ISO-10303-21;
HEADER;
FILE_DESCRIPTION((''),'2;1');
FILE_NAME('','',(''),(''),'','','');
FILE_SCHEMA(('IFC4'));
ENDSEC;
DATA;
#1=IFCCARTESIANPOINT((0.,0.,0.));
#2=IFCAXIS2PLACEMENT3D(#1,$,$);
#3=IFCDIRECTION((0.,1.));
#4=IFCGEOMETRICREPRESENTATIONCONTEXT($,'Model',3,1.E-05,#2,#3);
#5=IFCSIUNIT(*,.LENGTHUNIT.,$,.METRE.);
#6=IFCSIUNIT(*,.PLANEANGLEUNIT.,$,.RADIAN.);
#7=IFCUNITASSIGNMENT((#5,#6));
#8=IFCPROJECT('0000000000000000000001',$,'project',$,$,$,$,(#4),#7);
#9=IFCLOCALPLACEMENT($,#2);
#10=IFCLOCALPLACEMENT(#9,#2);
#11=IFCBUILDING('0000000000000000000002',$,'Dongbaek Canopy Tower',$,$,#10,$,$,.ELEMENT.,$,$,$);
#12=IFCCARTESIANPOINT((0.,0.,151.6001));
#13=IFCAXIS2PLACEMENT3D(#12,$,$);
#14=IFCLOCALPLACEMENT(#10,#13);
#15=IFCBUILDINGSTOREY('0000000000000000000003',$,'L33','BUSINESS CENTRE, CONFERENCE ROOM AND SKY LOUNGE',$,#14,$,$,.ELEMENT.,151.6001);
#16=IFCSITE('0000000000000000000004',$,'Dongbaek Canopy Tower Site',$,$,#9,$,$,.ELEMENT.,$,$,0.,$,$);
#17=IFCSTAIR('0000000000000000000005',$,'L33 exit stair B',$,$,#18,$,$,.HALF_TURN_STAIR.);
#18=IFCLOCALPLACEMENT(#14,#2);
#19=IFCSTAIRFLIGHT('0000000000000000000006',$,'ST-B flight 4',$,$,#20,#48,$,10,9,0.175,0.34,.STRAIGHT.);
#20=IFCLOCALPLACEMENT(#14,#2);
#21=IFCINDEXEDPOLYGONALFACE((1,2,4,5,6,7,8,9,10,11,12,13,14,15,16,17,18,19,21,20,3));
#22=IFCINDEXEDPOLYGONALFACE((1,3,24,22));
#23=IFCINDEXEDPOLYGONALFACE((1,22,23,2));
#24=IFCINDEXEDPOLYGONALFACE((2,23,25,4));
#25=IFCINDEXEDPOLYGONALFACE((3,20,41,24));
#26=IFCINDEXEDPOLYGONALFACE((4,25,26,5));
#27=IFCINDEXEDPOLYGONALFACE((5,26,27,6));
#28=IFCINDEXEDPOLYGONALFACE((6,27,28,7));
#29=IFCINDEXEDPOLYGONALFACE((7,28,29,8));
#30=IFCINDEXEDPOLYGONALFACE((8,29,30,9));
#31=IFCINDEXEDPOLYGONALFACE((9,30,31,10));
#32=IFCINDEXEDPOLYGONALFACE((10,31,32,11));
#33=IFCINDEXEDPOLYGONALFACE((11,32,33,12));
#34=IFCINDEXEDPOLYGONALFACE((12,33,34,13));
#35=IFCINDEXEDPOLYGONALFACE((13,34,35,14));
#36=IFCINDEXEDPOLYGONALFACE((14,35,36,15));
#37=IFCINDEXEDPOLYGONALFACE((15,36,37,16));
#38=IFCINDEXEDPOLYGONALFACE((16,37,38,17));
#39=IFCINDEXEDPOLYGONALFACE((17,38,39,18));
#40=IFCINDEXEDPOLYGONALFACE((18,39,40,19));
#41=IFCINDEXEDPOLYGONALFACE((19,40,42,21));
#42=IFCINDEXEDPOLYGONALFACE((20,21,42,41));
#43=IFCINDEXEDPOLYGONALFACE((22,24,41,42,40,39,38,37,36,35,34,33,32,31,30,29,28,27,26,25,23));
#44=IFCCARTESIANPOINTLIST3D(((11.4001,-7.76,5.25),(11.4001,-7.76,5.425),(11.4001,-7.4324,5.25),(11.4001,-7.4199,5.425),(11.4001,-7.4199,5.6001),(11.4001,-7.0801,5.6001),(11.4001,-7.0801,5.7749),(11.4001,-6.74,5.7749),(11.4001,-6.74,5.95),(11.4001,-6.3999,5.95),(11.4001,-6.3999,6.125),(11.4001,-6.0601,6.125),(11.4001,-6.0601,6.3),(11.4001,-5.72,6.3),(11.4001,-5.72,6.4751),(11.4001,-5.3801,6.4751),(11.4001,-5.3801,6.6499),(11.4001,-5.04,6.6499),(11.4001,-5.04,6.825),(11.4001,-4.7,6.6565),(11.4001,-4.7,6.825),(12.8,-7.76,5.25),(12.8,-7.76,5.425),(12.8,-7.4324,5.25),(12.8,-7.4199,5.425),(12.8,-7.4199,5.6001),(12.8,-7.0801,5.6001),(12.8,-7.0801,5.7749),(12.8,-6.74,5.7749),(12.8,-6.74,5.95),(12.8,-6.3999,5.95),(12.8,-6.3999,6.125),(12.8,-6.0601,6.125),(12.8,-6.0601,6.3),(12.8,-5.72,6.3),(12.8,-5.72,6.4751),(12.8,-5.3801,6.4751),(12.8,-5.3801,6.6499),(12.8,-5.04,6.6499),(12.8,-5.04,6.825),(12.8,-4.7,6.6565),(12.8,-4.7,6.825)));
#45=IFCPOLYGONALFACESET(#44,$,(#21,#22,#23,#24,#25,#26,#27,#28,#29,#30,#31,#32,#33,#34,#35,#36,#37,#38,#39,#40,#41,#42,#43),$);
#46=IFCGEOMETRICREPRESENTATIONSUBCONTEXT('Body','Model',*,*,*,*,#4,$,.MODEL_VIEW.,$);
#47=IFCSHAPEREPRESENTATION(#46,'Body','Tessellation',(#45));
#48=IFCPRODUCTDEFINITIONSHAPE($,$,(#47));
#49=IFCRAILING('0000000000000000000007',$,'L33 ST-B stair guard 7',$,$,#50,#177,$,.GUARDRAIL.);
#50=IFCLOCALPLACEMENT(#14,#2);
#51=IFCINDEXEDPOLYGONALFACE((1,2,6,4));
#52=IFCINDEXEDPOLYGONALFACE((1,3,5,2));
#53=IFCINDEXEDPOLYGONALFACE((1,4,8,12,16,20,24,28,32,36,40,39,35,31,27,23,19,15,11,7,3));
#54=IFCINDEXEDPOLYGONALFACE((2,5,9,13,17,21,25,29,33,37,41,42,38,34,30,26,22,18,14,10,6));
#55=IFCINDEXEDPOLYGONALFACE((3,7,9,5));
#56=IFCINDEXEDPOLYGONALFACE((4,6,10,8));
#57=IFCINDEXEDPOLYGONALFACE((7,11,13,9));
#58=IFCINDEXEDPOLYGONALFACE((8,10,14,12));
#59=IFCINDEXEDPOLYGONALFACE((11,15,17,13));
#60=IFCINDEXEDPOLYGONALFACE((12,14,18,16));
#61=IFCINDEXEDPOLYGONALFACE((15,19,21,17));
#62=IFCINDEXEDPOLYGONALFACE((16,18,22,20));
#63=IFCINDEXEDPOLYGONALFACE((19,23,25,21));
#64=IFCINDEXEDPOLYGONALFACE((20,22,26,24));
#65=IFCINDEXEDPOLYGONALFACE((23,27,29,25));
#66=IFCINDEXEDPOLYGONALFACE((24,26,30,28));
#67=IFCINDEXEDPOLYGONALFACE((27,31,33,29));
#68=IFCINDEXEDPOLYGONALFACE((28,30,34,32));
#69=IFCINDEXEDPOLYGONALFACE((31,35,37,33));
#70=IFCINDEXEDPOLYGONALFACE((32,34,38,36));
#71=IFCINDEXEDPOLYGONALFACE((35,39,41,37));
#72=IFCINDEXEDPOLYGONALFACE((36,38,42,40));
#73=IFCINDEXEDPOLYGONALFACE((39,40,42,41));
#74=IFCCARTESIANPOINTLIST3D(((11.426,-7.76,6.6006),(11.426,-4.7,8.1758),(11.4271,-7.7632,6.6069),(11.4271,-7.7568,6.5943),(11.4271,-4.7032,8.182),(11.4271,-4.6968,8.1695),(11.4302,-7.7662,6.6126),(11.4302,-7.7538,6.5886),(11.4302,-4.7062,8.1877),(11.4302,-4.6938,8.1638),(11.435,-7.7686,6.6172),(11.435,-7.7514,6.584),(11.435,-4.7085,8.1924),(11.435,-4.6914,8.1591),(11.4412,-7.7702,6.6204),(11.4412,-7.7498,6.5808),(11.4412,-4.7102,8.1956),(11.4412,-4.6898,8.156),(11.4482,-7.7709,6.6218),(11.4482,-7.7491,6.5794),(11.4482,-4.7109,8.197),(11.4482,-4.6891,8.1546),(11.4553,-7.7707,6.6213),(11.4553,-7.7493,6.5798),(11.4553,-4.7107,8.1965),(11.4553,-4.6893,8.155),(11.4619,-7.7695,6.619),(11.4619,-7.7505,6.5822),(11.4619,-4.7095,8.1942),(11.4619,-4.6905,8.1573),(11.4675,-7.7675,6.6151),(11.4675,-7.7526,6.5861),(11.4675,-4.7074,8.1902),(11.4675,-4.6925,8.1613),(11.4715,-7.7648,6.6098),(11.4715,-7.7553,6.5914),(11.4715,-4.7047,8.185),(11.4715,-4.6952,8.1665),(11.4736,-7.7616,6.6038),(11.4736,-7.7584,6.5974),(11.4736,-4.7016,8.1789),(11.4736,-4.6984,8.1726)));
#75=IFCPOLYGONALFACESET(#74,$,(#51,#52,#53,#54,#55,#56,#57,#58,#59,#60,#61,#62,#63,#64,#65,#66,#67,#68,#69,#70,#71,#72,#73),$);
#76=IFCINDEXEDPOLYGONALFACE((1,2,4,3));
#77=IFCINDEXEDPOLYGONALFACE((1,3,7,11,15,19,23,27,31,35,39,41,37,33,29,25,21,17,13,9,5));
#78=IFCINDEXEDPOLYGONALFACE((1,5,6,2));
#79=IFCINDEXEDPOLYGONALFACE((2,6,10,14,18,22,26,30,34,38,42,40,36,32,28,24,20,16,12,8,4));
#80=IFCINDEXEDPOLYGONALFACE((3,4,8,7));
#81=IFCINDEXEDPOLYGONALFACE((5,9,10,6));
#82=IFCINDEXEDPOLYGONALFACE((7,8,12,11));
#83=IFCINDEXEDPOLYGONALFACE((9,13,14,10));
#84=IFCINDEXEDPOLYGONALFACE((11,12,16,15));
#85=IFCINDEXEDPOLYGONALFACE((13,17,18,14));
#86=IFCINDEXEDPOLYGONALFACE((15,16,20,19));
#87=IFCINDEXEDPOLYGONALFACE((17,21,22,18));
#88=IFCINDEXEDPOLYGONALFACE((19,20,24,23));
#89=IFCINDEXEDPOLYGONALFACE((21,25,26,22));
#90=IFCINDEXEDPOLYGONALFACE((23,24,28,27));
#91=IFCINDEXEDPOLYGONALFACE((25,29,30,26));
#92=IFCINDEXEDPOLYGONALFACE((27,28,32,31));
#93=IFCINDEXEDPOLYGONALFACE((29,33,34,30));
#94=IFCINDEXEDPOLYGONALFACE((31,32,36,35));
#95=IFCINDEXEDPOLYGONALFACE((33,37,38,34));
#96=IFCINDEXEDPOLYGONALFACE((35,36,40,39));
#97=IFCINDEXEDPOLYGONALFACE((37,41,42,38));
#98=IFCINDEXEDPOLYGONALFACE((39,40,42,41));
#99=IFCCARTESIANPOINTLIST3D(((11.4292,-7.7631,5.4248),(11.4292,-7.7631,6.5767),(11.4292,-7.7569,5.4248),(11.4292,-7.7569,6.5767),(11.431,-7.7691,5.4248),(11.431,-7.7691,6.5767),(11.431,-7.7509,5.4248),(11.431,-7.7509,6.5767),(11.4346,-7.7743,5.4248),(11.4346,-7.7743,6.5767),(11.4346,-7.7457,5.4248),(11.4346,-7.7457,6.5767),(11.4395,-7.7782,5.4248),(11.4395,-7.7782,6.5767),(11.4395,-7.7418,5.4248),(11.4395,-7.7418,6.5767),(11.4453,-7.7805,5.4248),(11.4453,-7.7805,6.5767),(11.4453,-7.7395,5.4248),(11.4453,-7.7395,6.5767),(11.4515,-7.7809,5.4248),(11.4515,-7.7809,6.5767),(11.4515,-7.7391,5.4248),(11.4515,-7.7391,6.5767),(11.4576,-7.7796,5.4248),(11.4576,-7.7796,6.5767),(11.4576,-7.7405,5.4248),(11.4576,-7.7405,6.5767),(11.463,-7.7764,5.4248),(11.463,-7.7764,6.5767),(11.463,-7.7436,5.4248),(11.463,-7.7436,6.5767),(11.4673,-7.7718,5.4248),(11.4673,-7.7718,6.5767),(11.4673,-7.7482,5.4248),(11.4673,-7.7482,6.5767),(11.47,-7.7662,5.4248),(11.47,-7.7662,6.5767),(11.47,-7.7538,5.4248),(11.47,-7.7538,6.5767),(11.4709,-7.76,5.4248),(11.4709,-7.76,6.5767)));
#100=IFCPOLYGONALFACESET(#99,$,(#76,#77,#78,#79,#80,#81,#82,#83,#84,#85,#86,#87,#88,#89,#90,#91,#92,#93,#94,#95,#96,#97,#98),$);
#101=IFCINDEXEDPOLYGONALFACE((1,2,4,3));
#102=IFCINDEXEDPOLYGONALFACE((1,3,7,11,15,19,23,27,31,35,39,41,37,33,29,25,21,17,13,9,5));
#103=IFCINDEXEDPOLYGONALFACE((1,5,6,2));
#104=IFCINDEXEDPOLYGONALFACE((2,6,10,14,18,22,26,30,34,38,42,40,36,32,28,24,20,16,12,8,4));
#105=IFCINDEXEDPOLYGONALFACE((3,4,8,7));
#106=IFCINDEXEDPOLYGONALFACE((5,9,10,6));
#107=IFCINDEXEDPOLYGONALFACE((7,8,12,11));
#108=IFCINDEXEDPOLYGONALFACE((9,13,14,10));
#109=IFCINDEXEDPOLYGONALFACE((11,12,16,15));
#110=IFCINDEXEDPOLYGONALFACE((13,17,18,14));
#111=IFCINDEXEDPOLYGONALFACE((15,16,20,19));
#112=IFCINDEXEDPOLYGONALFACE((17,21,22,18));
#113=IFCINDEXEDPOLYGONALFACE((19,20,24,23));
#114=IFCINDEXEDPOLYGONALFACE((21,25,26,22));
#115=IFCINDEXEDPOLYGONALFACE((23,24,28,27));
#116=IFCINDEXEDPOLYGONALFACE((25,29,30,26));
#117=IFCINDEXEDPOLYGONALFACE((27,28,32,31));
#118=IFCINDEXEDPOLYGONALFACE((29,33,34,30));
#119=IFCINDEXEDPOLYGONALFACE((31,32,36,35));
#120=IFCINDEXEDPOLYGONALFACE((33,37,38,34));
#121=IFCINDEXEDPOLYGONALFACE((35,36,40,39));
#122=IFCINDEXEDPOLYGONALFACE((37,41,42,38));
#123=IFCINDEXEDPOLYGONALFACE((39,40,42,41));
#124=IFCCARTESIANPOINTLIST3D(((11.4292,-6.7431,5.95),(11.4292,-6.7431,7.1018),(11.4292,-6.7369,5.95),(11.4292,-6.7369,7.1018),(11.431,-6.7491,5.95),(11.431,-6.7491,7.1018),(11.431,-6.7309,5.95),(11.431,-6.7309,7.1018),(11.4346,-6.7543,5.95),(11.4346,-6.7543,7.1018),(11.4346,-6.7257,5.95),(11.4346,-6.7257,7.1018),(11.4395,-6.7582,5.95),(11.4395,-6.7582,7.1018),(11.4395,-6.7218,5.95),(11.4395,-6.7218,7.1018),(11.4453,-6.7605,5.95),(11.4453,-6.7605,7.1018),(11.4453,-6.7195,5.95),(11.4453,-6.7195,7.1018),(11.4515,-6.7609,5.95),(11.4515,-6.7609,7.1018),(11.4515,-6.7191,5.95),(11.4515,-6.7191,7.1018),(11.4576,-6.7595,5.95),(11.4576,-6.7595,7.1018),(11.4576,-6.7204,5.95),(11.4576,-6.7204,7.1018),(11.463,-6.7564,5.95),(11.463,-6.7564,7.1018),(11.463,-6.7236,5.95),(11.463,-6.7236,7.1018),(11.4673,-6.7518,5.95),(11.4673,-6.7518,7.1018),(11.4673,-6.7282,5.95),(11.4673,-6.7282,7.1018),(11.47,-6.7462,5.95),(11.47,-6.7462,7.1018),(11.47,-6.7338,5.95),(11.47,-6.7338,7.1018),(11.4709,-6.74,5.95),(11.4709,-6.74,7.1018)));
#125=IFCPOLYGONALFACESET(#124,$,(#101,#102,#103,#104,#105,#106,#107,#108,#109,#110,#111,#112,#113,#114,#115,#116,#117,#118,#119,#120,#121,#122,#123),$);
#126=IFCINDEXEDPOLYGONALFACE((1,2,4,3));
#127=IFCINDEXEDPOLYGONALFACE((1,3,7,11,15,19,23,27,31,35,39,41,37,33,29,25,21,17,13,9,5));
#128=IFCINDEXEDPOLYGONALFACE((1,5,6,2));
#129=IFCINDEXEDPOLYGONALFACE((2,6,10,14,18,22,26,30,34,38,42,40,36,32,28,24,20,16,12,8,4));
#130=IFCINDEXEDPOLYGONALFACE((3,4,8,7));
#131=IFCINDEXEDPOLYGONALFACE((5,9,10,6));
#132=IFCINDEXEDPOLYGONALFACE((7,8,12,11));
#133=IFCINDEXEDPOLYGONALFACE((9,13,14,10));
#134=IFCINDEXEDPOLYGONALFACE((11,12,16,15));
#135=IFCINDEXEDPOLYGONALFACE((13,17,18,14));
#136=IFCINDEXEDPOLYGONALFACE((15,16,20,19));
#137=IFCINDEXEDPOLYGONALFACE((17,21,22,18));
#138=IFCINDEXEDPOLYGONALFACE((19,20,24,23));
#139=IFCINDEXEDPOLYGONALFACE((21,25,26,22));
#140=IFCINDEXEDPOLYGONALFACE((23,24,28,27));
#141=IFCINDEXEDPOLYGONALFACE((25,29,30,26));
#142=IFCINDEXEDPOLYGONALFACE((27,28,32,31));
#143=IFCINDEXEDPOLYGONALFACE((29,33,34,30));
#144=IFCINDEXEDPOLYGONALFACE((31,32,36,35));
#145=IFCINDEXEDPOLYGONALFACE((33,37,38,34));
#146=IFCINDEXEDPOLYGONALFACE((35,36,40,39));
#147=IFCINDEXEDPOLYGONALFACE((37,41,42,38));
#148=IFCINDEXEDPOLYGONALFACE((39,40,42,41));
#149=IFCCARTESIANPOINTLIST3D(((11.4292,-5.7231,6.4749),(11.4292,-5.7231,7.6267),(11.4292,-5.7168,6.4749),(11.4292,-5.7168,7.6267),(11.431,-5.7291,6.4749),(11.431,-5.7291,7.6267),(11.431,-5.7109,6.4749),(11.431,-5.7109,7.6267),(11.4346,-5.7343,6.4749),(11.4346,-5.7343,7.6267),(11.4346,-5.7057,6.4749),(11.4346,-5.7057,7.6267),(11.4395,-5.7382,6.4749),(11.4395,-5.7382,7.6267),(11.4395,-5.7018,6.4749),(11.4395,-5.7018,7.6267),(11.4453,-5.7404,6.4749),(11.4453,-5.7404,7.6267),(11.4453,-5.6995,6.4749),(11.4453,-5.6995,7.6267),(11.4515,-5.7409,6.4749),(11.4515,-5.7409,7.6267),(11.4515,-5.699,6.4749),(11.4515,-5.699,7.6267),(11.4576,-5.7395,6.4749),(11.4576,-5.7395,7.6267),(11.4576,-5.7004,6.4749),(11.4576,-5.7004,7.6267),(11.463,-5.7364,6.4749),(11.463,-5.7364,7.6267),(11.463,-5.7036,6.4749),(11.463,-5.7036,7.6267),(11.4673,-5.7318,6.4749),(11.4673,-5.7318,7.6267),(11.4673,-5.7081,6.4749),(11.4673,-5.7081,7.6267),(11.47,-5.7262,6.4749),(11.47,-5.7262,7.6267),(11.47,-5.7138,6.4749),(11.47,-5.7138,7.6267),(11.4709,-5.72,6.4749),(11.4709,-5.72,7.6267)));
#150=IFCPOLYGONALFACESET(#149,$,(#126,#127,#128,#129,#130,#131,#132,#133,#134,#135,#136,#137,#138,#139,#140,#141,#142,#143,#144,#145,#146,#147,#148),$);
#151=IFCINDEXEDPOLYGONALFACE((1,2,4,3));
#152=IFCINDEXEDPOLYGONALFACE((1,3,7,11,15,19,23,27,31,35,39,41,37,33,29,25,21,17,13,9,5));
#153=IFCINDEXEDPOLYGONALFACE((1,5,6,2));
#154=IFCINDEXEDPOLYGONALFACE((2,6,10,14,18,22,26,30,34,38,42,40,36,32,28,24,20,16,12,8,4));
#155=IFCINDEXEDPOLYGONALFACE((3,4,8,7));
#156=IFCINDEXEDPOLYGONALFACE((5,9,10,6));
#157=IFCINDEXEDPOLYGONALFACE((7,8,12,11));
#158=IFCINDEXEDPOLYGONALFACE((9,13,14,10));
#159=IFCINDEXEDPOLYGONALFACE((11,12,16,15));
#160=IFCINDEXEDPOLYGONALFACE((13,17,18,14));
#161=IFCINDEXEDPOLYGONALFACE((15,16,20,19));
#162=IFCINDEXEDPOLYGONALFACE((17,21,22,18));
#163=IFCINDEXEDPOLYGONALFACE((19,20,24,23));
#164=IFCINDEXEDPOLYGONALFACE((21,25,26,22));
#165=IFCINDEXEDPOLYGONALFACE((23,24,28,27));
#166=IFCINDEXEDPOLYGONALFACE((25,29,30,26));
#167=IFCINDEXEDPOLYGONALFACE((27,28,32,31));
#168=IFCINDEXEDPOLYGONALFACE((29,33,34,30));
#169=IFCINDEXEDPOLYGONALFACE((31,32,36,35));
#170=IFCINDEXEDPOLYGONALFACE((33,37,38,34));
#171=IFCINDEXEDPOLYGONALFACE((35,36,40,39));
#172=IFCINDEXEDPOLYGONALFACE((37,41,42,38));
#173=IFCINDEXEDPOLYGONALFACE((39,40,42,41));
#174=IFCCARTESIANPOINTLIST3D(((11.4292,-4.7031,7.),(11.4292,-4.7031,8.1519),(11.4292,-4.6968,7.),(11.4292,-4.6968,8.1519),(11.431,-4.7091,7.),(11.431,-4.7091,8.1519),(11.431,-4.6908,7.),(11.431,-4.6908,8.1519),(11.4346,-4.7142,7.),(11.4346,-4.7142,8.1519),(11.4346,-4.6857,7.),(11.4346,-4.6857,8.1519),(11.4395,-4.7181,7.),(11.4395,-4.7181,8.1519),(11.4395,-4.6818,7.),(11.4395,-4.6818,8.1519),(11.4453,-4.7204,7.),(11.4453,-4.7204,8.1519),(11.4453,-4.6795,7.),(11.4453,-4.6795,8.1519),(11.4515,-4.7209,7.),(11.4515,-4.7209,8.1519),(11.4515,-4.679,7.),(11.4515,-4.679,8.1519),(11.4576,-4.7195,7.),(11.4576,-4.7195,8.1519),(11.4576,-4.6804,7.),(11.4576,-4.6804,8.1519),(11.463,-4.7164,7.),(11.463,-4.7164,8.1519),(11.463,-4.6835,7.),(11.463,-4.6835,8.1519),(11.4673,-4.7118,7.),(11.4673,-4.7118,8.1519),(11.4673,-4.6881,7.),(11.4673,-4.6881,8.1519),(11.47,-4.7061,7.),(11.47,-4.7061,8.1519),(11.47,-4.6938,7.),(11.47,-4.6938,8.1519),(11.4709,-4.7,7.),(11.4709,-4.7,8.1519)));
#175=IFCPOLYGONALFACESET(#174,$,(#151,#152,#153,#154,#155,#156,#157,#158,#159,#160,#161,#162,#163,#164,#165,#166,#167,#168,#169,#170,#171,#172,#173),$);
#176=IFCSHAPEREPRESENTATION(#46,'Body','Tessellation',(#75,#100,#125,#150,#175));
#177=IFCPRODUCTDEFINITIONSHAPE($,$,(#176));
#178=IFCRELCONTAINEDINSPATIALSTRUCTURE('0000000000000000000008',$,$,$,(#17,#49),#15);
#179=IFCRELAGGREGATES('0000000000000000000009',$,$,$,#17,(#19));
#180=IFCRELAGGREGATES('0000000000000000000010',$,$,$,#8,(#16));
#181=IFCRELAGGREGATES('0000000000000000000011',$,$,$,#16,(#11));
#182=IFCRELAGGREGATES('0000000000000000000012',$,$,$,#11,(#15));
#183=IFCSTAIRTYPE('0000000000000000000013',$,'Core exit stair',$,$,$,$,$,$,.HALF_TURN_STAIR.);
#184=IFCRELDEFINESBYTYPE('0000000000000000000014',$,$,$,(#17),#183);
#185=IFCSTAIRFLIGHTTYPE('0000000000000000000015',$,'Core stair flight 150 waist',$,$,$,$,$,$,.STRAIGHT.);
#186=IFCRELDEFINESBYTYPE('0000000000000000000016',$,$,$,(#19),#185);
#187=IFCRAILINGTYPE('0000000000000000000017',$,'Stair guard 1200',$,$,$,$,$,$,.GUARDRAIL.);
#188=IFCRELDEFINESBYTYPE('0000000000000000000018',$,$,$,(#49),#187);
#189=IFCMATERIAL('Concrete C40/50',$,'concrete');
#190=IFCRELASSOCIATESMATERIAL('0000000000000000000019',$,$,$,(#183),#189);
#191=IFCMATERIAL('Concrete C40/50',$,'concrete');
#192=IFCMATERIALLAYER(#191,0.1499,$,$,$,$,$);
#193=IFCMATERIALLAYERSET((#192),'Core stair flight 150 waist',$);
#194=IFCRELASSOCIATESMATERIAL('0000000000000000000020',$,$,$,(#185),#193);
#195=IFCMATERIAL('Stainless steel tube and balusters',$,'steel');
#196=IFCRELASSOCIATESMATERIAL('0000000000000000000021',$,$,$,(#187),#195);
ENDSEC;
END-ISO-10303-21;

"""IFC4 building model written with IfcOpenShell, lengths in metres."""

from ifc_helpers import new_model, si_unit, direction, frame, origin, origin_2d, place, context, subcontext, project, spatial, polyline, circle, outline, extrude, material, layer, layer_set, type_object, element, aggregate, save


model = new_model("IFC4")

# Units and contexts
model_context = context("Model", 3, precision=1e-05, world=origin(), true_north=direction((0.0, 1.0)))
body_context = subcontext(model_context, "Body", "Model", "MODEL_VIEW")
ifc_project = project(units=[si_unit("LENGTHUNIT", "METRE"), si_unit("PLANEANGLEUNIT", "RADIAN")], contexts=[model_context])

# Site, building, storey
site_placement = place(None, origin())
site = spatial("IfcSite", under=ifc_project, at=site_placement, Name="Dongbaek Canopy Tower Site", CompositionType="ELEMENT", RefElevation=0.0)
building_placement = place(site_placement, origin())
building = spatial("IfcBuilding", under=site, at=building_placement, Name="Dongbaek Canopy Tower", CompositionType="ELEMENT")
storey_placement = place(building_placement, frame((0.0, 0.0, 151.6001)))
storey = spatial("IfcBuildingStorey", under=building, at=storey_placement, Name="L33", Description="BUSINESS CENTRE, CONFERENCE ROOM AND SKY LOUNGE", CompositionType="ELEMENT", Elevation=151.6001)

# Stair, stair flight
ifc_material_1 = material(Name="Concrete C40/50", Category="concrete")
stair_type = type_object("IfcStairType", Name="Core exit stair", PredefinedType="HALF_TURN_STAIR", material=ifc_material_1)
stair_placement = place(storey_placement, origin())
stair = element("IfcStair", 1, at=stair_placement, inside=storey, type_object=stair_type, Name="L33 exit stair B", PredefinedType="HALF_TURN_STAIR")
ifc_material_2 = material(Name="Concrete C40/50", Category="concrete")
ifc_layer_1 = layer(ifc_material_2, 0.1499)
ifc_layer_set_1 = layer_set([ifc_layer_1], Name="Core stair flight 150 waist")
stair_flight_type = type_object("IfcStairFlightType", Name="Core stair flight 150 waist", PredefinedType="STRAIGHT", material=ifc_layer_set_1)
stair_flight_1_placement = place(storey_placement, frame((12.1001, -7.76, 5.25), z_axis=(0.0, 0.0, 1.0), x_axis=(0.0, 1.0, 0.0)))
stair_flight_1 = element("IfcStairFlight", 2, at=stair_flight_1_placement, type_object=stair_flight_type, Name="ST-B flight 4", NumberOfRisers=10, NumberOfTreads=9, PredefinedType="STRAIGHT", RiserHeight=0.175, TreadLength=0.34, context=body_context, shape_type="SweptSolid", body=[
    extrude(outline(polyline([(0.0, 0.0), (0.0, 0.175), (0.3401, 0.175), (0.3401, 0.3501), (0.6799, 0.3501), (0.6799, 0.5249), (1.02, 0.5249), (1.02, 0.7), (1.3601, 0.7), (1.3601, 0.875), (1.7, 0.875), (1.7, 1.05), (2.04, 1.05), (2.04, 1.2251), (2.3799, 1.2251), (2.3799, 1.3999), (2.72, 1.3999), (2.72, 1.575), (3.0601, 1.575), (3.0601, 1.75), (3.0601, 1.4065), (0.3276, 0.0), (0.0, 0.0)])), frame((0.0, 0.7, 0.0), z_axis=(0.0, -1.0, 0.0), x_axis=(1.0, 0.0, 0.0)), (0.0, 0.0, 1.0), 1.3999),
])
aggregate(stair, [stair_flight_1])

# Railing
ifc_material_3 = material(Name="Stainless steel tube and balusters", Category="steel")
railing_type_1 = type_object("IfcRailingType", Name="Stair guard 1200", PredefinedType="GUARDRAIL", material=ifc_material_3)
railing_placement = place(storey_placement, frame((11.45, -7.76, 5.4248)))
element("IfcRailing", 3, at=railing_placement, inside=storey, type_object=railing_type_1, Name="L33 ST-B stair guard 7", PredefinedType="GUARDRAIL", context=body_context, shape_type="SweptSolid", body=[
    extrude(circle(Radius=0.0239, at=origin_2d()), frame((0.0, 0.0, 1.1758), z_axis=(0.0, 0.889116, 0.457681), x_axis=(-1.0, 0.0, 0.0)), (0.0, 0.0, 1.0), 3.4417),
    extrude(circle(Radius=0.021, at=origin_2d()), origin(), (0.0, 0.0, 1.0), 1.1519),
    extrude(circle(Radius=0.021, at=origin_2d()), frame((0.0, 1.02, 0.5251)), (0.0, 0.0, 1.0), 1.1519),
    extrude(circle(Radius=0.021, at=origin_2d()), frame((0.0, 2.04, 1.05)), (0.0, 0.0, 1.0), 1.1519),
    extrude(circle(Radius=0.021, at=origin_2d()), frame((0.0, 3.0601, 1.5752)), (0.0, 0.0, 1.0), 1.1519),
])

save(model, "model.ifc")
